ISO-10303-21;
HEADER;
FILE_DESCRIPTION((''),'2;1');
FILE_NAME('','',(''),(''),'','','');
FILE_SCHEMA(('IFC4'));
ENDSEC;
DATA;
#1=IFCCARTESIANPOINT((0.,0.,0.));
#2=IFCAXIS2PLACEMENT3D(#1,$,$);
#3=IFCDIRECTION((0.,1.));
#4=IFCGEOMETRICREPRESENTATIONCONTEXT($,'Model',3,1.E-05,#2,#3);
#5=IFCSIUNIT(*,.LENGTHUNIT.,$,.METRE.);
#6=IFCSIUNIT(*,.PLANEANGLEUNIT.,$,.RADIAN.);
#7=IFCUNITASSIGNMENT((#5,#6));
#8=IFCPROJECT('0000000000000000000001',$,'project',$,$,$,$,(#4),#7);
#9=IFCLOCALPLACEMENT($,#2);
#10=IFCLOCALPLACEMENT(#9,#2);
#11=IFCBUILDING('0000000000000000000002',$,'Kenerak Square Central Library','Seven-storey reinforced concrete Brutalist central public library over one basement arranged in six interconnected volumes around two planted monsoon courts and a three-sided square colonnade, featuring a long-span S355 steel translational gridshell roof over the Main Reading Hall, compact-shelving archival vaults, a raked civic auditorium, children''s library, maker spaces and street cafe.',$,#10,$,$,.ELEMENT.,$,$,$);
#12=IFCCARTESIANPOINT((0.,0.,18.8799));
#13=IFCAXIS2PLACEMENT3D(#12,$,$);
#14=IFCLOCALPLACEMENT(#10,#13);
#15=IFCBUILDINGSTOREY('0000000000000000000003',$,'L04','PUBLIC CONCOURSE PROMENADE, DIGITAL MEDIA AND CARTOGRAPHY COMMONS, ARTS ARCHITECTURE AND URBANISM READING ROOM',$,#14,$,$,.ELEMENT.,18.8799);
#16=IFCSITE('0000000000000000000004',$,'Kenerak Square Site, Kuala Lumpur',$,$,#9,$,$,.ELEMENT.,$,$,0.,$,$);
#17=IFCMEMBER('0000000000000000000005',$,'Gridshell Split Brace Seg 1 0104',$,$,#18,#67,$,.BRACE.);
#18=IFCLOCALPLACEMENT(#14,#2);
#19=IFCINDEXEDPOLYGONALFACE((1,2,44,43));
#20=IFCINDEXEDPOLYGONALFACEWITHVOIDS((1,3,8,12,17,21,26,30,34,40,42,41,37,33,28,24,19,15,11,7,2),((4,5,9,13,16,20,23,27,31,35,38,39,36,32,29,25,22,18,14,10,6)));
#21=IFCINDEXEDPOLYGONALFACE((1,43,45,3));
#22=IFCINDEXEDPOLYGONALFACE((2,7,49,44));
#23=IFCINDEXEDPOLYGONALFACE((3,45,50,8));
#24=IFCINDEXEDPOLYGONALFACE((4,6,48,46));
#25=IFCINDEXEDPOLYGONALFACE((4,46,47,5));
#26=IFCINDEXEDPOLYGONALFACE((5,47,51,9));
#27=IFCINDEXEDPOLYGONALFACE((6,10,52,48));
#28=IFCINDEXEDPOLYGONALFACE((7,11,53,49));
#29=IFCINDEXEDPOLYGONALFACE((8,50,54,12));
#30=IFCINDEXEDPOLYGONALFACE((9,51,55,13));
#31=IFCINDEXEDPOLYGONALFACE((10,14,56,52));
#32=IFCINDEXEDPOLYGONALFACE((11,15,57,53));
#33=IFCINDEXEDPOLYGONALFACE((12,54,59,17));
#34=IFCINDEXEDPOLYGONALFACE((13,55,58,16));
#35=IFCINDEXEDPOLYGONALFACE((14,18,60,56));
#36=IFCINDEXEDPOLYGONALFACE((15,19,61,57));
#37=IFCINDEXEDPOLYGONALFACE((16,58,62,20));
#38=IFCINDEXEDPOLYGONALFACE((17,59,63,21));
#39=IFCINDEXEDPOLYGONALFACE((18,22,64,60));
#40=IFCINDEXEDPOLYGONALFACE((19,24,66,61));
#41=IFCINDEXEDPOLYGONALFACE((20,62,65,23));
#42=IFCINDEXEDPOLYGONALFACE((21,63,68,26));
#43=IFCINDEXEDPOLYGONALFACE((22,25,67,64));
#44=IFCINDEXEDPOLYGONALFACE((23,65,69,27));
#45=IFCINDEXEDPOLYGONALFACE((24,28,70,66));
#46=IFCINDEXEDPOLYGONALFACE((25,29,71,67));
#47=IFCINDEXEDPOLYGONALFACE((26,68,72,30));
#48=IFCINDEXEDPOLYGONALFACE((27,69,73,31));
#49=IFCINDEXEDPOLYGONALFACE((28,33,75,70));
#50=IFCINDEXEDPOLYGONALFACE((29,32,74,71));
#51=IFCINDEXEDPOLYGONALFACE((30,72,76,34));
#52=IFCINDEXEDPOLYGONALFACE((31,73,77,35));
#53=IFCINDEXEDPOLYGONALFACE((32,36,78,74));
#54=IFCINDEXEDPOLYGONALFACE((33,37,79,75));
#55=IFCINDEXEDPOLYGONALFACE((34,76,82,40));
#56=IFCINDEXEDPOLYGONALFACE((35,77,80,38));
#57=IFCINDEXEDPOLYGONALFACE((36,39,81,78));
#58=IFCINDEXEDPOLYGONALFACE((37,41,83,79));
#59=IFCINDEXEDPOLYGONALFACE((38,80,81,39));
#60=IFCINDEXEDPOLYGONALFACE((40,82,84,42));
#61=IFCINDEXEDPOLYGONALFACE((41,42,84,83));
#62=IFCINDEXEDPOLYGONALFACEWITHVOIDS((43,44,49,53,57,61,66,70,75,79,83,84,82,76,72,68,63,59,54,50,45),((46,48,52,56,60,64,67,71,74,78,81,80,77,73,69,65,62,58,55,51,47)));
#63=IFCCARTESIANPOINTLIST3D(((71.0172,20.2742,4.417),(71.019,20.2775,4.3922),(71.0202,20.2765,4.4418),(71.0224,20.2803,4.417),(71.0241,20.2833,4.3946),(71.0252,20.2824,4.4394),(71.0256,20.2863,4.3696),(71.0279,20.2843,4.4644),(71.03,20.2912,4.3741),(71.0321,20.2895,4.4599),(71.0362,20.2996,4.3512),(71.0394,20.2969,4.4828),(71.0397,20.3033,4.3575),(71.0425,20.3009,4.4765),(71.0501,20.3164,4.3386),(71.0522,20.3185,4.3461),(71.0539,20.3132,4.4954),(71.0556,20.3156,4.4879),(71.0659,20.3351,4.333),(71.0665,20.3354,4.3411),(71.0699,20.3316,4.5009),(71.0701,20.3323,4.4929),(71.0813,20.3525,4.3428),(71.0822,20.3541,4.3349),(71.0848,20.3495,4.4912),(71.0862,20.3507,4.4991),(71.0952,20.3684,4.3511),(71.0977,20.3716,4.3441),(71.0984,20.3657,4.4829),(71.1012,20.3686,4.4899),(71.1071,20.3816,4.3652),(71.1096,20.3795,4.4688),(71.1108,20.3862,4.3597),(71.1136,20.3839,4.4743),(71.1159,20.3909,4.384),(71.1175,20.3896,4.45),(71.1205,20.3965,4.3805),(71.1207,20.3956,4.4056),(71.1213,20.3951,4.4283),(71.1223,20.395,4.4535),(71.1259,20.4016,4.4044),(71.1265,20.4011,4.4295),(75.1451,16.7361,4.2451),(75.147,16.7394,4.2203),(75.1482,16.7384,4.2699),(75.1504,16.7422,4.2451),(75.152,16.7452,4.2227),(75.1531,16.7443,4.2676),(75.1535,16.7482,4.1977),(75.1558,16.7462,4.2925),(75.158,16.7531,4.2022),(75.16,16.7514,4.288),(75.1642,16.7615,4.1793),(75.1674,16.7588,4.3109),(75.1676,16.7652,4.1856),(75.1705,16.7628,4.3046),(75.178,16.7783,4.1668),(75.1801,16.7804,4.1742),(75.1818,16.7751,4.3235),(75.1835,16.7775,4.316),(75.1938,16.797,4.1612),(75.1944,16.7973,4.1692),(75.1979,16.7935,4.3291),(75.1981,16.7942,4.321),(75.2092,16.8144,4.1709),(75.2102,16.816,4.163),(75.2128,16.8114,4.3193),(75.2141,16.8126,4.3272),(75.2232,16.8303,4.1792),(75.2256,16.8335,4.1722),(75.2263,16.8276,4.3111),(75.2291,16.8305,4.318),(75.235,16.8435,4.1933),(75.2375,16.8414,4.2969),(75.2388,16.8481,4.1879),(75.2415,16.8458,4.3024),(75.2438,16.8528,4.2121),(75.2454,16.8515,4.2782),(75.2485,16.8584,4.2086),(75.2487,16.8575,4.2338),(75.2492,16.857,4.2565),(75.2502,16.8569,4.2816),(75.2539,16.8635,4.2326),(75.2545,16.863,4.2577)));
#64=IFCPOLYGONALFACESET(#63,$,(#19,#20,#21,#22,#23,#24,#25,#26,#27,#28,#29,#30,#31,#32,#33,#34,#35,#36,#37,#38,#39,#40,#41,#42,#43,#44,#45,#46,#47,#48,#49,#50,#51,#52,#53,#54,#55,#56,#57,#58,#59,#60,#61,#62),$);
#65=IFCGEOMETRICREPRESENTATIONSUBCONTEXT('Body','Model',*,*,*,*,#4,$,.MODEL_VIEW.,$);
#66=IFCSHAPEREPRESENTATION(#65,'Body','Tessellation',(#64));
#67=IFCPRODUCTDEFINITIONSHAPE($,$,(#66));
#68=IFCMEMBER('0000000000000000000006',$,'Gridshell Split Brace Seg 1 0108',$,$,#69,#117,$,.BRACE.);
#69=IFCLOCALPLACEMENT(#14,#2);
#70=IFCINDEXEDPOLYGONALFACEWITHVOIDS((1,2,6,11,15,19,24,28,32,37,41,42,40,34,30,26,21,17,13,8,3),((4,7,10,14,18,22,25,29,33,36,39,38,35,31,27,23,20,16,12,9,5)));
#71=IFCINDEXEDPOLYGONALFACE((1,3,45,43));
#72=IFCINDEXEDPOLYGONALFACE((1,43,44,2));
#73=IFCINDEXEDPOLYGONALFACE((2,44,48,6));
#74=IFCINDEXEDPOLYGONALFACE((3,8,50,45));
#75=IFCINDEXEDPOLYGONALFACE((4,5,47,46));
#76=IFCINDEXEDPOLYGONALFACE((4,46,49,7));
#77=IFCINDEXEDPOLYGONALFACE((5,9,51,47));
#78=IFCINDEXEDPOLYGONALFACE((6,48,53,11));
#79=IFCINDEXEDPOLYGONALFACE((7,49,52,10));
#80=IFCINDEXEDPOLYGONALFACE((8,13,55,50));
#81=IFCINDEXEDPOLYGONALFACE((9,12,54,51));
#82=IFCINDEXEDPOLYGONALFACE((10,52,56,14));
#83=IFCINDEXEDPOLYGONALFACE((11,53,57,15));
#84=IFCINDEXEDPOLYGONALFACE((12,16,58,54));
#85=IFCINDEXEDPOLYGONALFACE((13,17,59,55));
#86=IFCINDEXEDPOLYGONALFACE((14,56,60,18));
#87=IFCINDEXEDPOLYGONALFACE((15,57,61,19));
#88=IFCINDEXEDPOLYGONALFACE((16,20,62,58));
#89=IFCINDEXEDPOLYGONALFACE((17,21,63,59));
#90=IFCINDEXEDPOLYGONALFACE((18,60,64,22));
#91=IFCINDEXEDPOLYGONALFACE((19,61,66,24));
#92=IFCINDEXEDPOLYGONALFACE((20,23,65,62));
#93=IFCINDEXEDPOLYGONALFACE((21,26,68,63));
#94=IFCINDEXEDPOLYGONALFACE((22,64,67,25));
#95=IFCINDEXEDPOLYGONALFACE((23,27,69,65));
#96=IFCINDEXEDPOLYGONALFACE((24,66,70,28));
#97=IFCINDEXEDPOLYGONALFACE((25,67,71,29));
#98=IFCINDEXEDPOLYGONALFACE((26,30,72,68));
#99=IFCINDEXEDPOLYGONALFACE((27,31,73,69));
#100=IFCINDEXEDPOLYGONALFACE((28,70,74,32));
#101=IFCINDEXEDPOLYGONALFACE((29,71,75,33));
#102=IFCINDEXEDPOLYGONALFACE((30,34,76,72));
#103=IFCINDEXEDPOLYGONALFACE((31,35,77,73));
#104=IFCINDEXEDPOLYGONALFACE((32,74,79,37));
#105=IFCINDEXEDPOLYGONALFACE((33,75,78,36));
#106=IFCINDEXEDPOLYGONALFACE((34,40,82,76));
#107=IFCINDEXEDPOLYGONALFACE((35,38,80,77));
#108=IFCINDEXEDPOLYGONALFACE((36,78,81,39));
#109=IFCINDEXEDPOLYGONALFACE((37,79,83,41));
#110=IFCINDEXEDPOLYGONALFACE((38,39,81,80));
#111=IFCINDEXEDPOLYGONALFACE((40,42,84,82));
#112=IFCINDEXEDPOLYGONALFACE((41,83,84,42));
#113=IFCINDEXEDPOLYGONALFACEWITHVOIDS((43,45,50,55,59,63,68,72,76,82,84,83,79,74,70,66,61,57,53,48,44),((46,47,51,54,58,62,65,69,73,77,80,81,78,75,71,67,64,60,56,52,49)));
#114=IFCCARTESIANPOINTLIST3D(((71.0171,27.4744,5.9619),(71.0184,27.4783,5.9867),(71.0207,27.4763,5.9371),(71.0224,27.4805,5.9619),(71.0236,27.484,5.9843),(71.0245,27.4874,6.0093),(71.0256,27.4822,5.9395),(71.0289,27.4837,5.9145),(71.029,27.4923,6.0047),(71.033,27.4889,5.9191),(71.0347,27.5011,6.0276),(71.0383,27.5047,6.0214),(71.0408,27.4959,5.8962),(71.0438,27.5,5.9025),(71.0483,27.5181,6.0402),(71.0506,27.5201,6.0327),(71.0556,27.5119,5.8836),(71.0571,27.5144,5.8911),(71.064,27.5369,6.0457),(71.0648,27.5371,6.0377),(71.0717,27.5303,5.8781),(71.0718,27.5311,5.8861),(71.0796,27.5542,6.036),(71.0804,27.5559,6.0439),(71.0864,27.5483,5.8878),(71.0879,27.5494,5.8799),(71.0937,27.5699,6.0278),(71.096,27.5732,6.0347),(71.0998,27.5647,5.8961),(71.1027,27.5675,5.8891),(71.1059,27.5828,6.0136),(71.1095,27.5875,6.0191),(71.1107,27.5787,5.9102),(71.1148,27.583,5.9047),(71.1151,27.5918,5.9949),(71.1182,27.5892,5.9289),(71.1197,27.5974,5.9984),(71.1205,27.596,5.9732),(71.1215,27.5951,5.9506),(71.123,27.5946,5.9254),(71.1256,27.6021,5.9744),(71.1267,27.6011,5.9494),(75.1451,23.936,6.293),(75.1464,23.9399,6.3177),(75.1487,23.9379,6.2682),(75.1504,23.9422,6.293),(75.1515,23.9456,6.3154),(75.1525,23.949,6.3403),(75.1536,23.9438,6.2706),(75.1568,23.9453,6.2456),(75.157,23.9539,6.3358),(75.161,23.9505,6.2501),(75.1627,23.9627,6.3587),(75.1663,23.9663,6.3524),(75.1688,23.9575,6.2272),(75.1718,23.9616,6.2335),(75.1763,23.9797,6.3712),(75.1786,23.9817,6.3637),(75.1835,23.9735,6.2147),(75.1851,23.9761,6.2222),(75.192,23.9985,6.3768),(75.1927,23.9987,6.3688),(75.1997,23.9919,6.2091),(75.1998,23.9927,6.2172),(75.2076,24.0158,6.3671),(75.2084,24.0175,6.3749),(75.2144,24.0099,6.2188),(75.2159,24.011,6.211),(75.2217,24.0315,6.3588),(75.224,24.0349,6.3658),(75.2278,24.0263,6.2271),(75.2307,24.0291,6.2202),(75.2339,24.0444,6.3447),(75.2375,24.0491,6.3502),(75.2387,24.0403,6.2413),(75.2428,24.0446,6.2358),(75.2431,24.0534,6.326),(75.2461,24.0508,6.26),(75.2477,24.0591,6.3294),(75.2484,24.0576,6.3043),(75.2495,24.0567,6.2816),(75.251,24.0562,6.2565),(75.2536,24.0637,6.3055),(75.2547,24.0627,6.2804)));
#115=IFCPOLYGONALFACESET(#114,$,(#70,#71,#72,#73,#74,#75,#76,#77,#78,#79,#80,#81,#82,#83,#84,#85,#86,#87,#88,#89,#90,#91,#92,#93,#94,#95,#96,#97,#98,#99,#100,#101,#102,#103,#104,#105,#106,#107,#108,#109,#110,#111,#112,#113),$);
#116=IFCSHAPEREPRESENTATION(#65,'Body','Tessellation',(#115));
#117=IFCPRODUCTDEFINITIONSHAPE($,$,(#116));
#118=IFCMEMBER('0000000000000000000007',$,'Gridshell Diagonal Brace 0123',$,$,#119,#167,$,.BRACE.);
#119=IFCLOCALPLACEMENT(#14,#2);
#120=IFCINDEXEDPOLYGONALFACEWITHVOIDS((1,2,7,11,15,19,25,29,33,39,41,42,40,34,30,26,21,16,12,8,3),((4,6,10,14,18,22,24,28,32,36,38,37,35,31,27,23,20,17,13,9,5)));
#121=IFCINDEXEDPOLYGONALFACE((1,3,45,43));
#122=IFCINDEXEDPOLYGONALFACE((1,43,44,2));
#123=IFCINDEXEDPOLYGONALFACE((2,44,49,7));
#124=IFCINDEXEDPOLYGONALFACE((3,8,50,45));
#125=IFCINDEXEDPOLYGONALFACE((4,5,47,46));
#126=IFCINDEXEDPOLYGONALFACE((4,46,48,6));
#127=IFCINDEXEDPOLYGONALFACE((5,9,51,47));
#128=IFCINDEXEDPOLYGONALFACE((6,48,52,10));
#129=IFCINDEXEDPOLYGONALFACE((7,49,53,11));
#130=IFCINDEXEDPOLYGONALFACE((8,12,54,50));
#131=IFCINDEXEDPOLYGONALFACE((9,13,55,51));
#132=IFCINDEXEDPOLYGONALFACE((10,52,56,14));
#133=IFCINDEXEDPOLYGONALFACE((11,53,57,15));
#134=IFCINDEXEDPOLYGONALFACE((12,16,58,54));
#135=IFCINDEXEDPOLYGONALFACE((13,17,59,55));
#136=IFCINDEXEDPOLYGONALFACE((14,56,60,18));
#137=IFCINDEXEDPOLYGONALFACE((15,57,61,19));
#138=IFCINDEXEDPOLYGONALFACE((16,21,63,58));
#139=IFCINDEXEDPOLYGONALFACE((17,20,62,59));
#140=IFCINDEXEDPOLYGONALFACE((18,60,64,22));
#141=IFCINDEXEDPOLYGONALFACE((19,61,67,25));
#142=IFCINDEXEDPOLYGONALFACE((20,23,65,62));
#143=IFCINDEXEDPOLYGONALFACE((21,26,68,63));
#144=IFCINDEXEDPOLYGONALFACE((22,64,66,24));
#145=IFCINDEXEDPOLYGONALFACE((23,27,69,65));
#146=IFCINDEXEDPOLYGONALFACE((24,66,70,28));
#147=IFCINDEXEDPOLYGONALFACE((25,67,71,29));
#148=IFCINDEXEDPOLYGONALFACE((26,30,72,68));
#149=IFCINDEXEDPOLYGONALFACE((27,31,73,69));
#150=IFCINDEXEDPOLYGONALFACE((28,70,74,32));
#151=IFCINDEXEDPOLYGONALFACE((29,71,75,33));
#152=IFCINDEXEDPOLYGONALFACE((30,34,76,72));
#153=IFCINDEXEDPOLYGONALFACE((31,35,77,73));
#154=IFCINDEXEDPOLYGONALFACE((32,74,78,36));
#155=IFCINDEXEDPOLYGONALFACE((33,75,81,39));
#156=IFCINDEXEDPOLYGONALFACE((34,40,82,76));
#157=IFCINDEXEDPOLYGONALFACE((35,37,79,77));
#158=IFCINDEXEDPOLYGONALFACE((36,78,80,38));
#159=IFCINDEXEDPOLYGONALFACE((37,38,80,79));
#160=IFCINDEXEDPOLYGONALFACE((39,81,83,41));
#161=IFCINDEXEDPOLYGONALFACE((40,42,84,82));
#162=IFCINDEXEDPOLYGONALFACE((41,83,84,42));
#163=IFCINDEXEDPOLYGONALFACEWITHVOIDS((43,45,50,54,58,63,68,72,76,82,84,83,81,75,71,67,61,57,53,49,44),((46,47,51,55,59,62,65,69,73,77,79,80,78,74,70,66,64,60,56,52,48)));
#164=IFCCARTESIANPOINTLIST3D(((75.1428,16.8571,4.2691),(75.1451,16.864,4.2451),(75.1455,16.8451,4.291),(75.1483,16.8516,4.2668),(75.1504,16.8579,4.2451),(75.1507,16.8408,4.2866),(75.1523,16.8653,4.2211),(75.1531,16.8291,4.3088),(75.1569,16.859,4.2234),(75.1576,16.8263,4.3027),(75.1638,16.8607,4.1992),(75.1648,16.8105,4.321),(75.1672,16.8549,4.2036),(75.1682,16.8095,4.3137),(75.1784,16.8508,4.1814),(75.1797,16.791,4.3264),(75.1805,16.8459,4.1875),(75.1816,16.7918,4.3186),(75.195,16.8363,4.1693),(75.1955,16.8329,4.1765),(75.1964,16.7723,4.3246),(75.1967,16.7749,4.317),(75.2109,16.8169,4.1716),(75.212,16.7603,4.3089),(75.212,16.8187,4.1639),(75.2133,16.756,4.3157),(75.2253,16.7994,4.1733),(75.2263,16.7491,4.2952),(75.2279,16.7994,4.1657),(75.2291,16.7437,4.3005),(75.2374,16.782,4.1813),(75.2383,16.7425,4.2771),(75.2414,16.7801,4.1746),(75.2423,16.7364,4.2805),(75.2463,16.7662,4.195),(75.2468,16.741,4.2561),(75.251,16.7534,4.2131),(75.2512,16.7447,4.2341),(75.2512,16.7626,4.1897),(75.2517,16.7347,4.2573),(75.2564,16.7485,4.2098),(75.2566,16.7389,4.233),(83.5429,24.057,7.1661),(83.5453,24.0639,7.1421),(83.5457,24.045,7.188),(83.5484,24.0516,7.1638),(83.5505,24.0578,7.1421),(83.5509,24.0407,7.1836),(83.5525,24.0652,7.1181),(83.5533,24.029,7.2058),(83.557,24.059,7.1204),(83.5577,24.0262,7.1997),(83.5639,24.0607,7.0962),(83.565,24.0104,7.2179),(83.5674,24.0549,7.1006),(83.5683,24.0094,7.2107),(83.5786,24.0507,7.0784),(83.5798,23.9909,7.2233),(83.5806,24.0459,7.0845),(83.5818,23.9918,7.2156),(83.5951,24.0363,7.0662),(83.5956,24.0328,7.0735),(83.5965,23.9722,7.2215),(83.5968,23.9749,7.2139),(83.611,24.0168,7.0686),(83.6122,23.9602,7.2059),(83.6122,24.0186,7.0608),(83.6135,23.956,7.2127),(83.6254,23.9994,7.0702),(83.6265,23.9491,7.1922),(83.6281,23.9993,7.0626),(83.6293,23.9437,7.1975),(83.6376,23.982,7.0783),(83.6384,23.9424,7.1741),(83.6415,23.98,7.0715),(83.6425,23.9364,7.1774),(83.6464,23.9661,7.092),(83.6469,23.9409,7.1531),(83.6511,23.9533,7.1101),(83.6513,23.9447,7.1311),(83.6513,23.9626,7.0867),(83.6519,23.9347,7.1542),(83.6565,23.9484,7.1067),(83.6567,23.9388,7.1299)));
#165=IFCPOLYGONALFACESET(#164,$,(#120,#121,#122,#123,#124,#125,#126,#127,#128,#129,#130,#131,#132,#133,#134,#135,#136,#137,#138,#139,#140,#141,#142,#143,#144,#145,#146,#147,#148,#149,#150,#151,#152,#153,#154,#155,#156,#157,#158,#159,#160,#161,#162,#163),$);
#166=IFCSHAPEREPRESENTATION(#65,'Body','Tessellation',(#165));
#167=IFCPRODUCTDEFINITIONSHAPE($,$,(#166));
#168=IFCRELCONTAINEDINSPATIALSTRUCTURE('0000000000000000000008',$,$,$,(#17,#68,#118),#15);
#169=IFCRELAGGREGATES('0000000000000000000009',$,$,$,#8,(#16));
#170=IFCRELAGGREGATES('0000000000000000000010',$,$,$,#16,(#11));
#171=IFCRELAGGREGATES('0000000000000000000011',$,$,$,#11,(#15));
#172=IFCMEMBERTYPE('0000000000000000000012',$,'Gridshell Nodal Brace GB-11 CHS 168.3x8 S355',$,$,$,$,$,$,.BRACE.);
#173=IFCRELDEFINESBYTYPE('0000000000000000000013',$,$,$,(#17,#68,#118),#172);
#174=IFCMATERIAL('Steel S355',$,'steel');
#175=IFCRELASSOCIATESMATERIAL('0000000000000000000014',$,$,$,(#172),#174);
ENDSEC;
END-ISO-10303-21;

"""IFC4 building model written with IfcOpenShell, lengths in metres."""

from ifc_helpers import new_model, si_unit, direction, frame, origin, origin_2d, place, context, subcontext, project, spatial, hollow_circle, extrude, material, material_profile, profile_set, type_object, element, save


model = new_model("IFC4")

# Units and contexts
model_context = context("Model", 3, precision=1e-05, world=origin(), true_north=direction((0.0, 1.0)))
body_context = subcontext(model_context, "Body", "Model", "MODEL_VIEW")
ifc_project = project(units=[si_unit("LENGTHUNIT", "METRE"), si_unit("PLANEANGLEUNIT", "RADIAN")], contexts=[model_context])

# Site, building, storey
site_placement = place(None, origin())
site = spatial("IfcSite", under=ifc_project, at=site_placement, Name="Kenerak Square Site, Kuala Lumpur", CompositionType="ELEMENT", RefElevation=0.0)
building_placement = place(site_placement, origin())
building = spatial("IfcBuilding", under=site, at=building_placement, Name="Kenerak Square Central Library", Description="Seven-storey reinforced concrete Brutalist central public library over one basement arranged in six interconnected volumes around two planted monsoon courts and a three-sided square colonnade, featuring a long-span S355 steel translational gridshell roof over the Main Reading Hall, compact-shelving archival vaults, a raked civic auditorium, children's library, maker spaces and street cafe.", CompositionType="ELEMENT")
storey_placement = place(building_placement, frame((0.0, 0.0, 18.8799)))
storey = spatial("IfcBuildingStorey", under=building, at=storey_placement, Name="L04", Description="PUBLIC CONCOURSE PROMENADE, DIGITAL MEDIA AND CARTOGRAPHY COMMONS, ARTS ARCHITECTURE AND URBANISM READING ROOM", CompositionType="ELEMENT", Elevation=18.8799)

# Members
ifc_material = material(Name="Steel S355", Category="steel")
ifc_material_profile_1 = material_profile(ifc_material, hollow_circle(Radius=0.0842, WallThickness=0.0081, at=origin_2d()), Name="CHS 168.3x8.0")
ifc_profile_set_1 = profile_set([ifc_material_profile_1], Name="Steel S355")
member_type_1 = type_object("IfcMemberType", Name="Gridshell Nodal Brace GB-11 CHS 168.3x8 S355", PredefinedType="BRACE", material=ifc_profile_set_1)
member_1_placement = place(storey_placement, frame((75.2, 16.8, 4.2451), z_axis=(-0.75889, 0.650452, 0.031598), x_axis=(-0.650777, -0.759269, 0.0)))
element("IfcMember", 1, at=member_1_placement, inside=storey, type_object=member_type_1, Name="Gridshell Split Brace Seg 1 0104", PredefinedType="BRACE", context=body_context, shape_type="SweptSolid", body=[
    extrude(hollow_circle(Radius=0.0842, WallThickness=0.0081, at=origin_2d()), origin(), (0.0, 0.0, 1.0), 5.4395),
])
member_2_placement = place(storey_placement, frame((75.2, 24.0, 6.293), z_axis=(-0.757843, 0.649599, -0.060778), x_axis=(-0.650802, -0.759247, 0.0)))
element("IfcMember", 2, at=member_2_placement, inside=storey, type_object=member_type_1, Name="Gridshell Split Brace Seg 1 0108", PredefinedType="BRACE", context=body_context, shape_type="SweptSolid", body=[
    extrude(hollow_circle(Radius=0.0842, WallThickness=0.0081, at=origin_2d()), origin(), (0.0, 0.0, 1.0), 5.447),
])
member_3_placement = place(storey_placement, frame((75.2, 16.8, 4.2451), z_axis=(0.734501, 0.629557, 0.253309), x_axis=(-0.650782, 0.759264, 0.0)))
element("IfcMember", 3, at=member_3_placement, inside=storey, type_object=member_type_1, Name="Gridshell Diagonal Brace 0123", PredefinedType="BRACE", context=body_context, shape_type="SweptSolid", body=[
    extrude(hollow_circle(Radius=0.0842, WallThickness=0.0081, at=origin_2d()), origin(), (0.0, 0.0, 1.0), 11.4365),
])

save(model, "model.ifc")
